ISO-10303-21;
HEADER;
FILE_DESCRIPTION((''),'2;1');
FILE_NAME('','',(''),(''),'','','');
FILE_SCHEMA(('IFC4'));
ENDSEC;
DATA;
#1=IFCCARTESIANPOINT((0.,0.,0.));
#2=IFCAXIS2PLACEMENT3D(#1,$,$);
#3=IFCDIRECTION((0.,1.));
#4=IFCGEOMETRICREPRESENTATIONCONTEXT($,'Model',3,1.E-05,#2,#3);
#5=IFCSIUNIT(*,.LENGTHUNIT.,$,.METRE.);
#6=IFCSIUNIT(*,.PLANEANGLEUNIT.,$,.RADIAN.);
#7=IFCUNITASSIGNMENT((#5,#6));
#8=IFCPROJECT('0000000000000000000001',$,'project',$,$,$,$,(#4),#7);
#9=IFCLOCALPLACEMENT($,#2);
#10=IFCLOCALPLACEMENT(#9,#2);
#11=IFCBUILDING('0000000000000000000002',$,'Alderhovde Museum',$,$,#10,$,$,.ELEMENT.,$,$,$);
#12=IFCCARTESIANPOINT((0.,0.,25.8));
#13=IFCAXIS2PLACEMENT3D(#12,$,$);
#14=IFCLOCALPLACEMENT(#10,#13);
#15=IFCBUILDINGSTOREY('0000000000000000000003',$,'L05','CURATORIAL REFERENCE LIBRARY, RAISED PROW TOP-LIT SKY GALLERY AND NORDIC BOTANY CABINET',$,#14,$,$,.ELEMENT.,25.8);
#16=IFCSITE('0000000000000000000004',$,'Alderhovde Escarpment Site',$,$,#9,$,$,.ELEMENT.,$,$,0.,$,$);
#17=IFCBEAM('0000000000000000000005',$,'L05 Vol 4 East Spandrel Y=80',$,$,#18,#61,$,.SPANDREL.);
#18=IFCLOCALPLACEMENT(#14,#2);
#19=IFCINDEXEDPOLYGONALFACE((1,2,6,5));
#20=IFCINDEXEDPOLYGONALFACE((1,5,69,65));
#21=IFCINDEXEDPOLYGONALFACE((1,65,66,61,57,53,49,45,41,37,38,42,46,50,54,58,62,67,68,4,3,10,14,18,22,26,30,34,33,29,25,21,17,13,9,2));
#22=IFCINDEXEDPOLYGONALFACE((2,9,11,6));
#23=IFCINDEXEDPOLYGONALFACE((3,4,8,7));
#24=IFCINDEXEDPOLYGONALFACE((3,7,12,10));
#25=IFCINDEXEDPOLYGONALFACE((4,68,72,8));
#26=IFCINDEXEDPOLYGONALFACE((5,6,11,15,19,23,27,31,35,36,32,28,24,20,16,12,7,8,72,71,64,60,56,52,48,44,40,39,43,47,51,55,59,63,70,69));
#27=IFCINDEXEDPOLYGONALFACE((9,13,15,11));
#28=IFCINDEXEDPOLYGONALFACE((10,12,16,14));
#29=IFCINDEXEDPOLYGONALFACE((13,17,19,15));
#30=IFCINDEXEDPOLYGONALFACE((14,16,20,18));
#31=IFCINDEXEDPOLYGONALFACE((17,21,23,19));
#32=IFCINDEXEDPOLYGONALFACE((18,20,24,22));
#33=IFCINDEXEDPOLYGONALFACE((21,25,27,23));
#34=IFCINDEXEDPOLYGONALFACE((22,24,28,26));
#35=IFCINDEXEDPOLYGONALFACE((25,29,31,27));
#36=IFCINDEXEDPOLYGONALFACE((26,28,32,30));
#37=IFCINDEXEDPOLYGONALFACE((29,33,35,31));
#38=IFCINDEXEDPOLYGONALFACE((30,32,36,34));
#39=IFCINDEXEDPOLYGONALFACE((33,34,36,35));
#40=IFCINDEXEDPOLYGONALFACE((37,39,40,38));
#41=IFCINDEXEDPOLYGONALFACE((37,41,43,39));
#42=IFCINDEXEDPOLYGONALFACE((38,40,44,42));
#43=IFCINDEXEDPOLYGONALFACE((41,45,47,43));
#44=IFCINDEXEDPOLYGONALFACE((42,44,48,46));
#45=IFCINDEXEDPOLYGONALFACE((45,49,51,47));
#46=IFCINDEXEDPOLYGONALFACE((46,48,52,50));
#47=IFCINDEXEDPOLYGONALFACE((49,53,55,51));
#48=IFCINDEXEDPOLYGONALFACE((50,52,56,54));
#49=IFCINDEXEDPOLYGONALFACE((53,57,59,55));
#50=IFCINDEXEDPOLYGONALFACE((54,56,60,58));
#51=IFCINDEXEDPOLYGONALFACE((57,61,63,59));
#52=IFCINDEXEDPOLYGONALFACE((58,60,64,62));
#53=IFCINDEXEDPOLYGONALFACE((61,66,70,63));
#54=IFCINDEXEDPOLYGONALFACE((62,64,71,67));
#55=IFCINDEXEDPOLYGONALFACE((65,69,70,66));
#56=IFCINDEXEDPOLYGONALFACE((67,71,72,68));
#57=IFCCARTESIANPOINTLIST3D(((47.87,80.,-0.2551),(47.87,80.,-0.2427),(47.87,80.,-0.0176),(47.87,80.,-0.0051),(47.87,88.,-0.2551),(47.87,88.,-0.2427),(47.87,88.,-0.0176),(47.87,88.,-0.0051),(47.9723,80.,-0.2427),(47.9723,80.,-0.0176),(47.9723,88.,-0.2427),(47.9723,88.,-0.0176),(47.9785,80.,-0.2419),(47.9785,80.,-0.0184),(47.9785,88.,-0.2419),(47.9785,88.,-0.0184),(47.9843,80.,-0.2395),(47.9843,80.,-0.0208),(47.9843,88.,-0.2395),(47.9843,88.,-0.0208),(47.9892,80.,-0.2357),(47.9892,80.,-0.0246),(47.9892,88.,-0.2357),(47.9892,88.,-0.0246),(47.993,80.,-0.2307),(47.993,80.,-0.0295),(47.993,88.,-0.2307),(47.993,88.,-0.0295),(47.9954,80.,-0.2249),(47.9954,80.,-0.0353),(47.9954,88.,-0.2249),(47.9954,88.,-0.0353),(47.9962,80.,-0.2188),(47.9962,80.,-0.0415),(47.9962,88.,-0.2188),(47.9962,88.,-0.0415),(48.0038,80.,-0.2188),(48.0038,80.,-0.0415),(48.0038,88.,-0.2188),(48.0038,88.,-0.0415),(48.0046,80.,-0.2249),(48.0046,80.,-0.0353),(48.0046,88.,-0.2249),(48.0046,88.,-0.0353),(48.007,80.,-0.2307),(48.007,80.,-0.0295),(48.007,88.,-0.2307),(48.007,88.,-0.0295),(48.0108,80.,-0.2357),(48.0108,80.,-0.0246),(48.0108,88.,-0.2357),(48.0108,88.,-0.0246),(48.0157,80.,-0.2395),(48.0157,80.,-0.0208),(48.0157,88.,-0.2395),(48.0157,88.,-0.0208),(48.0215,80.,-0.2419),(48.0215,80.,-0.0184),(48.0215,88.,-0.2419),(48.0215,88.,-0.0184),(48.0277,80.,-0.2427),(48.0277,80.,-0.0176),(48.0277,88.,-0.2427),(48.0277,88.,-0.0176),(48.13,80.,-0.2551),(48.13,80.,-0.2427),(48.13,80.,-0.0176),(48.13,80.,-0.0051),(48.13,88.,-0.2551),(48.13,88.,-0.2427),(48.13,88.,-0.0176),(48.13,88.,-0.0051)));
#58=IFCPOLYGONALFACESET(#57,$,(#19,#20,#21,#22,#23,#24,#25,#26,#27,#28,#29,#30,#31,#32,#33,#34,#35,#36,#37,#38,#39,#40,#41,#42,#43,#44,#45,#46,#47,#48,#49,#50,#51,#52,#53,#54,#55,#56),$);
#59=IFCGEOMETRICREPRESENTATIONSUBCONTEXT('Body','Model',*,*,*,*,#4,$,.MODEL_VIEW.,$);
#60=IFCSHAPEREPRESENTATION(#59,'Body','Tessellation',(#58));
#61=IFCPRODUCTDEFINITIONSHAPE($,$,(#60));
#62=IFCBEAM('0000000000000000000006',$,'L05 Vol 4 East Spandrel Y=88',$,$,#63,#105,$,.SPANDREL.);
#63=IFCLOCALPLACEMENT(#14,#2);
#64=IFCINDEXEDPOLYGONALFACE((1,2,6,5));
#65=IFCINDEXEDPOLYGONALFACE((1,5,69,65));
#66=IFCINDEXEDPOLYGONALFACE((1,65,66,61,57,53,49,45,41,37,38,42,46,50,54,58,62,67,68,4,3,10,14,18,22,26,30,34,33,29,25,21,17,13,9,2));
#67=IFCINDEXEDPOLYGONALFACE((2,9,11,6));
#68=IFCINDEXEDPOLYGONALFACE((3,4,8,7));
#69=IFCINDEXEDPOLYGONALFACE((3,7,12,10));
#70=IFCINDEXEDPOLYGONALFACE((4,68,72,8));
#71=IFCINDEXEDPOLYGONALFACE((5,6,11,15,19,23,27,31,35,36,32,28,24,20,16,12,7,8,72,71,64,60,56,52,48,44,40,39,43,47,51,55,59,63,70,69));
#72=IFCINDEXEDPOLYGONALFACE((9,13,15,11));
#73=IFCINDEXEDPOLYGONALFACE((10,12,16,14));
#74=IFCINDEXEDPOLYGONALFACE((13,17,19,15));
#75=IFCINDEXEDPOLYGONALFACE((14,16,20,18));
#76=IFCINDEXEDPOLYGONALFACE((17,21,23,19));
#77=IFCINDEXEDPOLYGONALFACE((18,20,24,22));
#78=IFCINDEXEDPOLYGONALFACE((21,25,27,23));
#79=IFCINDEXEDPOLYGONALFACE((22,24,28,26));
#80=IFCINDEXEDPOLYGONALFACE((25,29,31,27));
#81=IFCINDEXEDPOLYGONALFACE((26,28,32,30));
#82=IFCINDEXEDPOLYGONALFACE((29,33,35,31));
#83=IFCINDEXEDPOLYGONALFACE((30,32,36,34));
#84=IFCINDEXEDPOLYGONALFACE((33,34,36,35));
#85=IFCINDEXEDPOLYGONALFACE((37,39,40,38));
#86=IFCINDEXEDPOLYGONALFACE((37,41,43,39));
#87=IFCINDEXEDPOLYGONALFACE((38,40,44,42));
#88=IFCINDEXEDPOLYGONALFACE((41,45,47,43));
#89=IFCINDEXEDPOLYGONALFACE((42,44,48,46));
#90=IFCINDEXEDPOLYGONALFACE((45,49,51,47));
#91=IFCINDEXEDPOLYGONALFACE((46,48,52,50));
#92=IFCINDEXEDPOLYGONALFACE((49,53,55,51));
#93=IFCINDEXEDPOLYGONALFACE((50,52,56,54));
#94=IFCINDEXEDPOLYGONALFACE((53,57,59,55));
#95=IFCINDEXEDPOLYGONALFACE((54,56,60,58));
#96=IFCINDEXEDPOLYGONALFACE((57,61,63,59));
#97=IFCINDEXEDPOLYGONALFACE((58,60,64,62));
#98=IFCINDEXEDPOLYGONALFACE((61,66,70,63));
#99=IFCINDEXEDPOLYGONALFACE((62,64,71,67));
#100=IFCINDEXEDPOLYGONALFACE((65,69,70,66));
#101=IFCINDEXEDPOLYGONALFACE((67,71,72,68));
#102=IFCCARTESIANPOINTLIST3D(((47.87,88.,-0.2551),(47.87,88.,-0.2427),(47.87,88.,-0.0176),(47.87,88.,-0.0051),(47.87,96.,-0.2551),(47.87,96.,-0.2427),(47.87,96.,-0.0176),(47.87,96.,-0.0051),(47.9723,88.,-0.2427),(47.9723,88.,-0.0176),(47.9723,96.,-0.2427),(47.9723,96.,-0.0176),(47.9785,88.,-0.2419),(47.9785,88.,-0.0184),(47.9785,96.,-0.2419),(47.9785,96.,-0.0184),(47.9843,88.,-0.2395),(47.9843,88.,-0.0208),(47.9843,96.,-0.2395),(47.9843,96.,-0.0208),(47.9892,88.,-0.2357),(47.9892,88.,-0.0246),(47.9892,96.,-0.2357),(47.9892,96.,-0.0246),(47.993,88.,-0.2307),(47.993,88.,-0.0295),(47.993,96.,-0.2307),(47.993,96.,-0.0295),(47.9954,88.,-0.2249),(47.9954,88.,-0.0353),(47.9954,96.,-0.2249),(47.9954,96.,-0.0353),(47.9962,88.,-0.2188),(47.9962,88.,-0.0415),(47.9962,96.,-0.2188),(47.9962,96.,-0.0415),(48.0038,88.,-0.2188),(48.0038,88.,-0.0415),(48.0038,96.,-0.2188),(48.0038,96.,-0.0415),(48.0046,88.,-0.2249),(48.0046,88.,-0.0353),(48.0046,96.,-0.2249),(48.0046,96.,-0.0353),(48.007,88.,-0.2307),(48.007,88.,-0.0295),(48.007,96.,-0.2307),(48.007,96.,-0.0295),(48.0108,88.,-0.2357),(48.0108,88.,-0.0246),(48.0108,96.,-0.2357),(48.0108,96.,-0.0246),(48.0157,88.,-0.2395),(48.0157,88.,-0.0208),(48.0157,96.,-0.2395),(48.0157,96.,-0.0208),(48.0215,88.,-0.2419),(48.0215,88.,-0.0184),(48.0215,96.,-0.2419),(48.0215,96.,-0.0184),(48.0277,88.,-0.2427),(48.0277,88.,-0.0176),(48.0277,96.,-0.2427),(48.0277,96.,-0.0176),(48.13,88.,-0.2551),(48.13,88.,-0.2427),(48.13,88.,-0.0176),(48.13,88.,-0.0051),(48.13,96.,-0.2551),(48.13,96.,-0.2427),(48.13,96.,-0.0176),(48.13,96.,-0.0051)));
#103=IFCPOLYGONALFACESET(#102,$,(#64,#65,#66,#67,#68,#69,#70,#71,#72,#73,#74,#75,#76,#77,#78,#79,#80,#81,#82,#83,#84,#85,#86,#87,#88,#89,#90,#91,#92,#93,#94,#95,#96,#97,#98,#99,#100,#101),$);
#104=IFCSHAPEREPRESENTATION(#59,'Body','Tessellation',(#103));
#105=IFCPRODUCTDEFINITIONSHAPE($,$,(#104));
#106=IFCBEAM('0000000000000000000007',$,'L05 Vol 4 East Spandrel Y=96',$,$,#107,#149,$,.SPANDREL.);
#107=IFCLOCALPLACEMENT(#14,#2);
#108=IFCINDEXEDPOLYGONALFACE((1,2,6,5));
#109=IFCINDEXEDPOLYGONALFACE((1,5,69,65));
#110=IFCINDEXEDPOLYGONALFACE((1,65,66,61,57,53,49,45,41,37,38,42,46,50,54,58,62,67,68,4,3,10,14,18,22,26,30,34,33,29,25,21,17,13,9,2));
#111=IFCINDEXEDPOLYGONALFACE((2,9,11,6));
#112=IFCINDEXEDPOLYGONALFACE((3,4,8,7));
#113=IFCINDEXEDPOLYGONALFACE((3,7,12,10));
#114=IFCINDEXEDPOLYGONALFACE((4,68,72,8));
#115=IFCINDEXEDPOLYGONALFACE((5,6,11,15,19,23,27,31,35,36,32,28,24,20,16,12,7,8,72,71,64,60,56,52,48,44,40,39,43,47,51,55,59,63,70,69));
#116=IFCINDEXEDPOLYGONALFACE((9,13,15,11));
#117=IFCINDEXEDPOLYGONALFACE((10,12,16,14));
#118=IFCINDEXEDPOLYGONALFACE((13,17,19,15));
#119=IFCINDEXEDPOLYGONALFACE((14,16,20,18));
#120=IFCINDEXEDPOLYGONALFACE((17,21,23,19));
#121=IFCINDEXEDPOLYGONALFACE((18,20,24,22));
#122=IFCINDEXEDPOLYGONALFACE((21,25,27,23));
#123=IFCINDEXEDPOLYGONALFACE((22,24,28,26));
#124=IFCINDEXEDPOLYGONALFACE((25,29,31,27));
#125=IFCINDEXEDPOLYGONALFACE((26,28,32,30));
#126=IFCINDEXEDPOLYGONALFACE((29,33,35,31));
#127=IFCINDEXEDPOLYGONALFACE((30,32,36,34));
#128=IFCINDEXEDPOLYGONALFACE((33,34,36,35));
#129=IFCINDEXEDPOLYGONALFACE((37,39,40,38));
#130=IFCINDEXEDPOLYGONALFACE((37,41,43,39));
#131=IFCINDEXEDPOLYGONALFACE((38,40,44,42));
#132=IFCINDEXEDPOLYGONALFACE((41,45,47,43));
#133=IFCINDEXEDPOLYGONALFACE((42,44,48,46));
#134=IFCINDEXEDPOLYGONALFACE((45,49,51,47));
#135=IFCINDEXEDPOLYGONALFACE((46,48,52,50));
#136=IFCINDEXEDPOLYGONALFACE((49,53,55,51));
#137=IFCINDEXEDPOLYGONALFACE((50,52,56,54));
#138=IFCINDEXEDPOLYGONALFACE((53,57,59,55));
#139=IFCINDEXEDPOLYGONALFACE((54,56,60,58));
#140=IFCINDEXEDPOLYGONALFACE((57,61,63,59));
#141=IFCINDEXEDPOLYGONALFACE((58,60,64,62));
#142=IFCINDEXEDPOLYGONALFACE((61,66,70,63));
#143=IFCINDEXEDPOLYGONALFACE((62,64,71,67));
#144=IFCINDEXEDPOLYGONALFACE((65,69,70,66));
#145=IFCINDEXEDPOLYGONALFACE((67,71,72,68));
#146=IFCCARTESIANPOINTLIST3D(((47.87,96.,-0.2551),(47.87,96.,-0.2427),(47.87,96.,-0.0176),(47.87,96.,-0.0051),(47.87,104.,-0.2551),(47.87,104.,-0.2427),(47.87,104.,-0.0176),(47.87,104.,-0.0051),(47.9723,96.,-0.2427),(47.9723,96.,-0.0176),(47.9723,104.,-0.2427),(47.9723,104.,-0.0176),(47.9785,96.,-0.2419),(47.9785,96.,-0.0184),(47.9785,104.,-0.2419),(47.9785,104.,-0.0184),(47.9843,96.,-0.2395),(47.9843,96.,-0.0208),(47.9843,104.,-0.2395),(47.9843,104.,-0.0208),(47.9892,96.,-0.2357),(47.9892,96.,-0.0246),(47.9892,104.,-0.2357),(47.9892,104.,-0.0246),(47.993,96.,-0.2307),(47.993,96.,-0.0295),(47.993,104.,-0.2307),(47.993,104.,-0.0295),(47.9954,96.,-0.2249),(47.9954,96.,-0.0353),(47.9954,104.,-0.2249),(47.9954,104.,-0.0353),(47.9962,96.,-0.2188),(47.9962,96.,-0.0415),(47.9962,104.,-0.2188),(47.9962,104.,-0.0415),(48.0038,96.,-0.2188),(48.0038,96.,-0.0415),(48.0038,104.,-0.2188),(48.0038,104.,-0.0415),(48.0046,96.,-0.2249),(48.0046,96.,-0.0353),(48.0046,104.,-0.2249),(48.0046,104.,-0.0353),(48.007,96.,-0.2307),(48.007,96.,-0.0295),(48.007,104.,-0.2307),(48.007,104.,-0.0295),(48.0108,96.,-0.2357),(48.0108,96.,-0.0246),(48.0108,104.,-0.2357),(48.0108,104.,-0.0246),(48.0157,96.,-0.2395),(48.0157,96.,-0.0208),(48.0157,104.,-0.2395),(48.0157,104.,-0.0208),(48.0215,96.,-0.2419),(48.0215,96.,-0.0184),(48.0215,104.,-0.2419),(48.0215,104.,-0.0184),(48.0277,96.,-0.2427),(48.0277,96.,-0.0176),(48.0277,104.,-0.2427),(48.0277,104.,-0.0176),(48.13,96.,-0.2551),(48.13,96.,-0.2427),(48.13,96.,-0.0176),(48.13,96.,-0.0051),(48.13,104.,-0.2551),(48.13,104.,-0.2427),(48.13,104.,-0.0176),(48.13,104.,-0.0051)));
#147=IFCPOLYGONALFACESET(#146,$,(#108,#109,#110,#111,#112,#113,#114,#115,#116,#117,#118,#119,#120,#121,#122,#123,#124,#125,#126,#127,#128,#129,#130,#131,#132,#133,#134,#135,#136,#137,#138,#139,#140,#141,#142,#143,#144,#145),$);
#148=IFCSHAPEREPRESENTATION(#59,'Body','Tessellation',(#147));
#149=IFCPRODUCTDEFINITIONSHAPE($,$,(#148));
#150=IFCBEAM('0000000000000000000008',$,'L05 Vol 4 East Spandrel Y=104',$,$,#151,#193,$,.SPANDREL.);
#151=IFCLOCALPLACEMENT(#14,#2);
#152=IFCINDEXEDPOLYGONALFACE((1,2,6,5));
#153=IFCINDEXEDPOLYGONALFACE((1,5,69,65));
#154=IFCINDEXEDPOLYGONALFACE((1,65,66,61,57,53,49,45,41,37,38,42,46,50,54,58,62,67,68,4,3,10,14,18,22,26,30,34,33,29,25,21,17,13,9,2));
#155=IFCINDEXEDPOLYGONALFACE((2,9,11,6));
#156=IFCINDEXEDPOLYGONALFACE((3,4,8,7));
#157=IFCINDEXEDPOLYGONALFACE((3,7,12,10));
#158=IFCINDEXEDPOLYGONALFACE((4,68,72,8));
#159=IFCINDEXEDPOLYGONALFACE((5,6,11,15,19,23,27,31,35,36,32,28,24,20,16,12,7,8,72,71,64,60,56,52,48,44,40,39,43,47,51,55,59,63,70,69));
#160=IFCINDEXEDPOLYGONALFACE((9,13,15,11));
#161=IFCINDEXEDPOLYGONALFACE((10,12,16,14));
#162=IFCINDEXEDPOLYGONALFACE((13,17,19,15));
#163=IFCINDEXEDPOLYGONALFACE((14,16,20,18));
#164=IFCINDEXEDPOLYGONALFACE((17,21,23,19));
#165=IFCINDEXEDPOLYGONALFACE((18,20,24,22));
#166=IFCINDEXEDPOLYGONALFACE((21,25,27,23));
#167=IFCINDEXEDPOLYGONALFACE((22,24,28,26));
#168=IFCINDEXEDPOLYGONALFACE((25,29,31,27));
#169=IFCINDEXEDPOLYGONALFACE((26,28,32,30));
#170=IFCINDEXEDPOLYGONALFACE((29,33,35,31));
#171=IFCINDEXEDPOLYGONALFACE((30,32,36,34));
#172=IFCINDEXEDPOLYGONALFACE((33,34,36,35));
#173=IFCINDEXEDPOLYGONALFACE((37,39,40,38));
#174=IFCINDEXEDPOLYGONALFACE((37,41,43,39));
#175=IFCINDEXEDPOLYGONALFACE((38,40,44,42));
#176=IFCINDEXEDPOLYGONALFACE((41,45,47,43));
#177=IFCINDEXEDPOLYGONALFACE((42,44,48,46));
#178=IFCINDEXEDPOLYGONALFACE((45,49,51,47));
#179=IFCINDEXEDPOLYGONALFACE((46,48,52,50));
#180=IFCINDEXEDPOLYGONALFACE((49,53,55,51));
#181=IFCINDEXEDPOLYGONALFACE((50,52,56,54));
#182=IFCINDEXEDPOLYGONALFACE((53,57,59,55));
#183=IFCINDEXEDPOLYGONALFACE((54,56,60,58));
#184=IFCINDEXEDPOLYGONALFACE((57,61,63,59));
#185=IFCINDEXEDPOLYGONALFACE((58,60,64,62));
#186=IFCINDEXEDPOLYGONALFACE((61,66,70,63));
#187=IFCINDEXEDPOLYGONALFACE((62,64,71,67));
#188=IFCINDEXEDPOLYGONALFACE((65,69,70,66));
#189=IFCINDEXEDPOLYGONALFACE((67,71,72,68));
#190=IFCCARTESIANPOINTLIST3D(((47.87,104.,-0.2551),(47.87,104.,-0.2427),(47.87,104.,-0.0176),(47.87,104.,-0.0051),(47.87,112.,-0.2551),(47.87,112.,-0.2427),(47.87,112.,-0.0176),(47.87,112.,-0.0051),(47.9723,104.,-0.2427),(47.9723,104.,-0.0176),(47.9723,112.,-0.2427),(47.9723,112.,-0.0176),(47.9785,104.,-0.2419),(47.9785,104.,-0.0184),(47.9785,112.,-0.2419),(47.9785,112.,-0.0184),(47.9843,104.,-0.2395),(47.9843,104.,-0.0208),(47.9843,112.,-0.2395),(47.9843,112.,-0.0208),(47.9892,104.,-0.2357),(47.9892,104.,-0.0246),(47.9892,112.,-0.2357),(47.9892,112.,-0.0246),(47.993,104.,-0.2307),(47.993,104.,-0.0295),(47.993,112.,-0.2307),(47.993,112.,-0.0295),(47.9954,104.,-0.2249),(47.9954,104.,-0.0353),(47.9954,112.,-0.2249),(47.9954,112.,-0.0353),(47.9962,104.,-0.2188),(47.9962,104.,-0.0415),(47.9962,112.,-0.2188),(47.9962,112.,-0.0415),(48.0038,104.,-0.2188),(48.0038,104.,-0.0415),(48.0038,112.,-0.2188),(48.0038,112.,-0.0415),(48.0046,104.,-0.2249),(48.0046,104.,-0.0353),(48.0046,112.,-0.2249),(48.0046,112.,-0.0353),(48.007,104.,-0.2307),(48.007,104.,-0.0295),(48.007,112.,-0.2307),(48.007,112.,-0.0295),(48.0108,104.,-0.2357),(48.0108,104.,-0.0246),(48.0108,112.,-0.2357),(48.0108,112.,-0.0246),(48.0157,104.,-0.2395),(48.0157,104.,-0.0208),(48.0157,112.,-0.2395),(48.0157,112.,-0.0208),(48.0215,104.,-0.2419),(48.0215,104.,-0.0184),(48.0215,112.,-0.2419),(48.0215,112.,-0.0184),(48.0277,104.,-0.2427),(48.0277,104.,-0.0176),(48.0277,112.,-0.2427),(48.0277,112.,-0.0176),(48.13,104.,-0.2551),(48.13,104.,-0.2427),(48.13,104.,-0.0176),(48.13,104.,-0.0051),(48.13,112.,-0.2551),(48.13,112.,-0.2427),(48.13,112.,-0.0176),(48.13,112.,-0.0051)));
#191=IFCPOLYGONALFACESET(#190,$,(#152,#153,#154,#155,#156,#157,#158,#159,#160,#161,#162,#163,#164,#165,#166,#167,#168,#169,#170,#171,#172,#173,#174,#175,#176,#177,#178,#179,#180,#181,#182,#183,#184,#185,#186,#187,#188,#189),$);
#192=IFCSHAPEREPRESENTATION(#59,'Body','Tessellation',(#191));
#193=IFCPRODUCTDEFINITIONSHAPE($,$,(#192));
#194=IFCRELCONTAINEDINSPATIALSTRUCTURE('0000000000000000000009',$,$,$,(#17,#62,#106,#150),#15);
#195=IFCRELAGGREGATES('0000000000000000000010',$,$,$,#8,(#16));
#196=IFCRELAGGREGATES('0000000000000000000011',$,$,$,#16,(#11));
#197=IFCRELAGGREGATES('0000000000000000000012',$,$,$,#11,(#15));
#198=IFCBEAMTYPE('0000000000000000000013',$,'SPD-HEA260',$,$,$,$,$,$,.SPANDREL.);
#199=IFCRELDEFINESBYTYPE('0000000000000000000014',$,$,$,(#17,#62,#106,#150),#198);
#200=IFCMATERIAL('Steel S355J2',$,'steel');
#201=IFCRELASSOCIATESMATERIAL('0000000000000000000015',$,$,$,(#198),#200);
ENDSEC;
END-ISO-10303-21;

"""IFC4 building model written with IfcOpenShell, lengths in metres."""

from ifc_helpers import new_model, si_unit, direction, frame, origin, origin_2d, place, context, subcontext, project, spatial, i_section, extrude, material, material_profile, profile_set, type_object, element, save


model = new_model("IFC4")

# Units and contexts
model_context = context("Model", 3, precision=1e-05, world=origin(), true_north=direction((0.0, 1.0)))
body_context = subcontext(model_context, "Body", "Model", "MODEL_VIEW")
ifc_project = project(units=[si_unit("LENGTHUNIT", "METRE"), si_unit("PLANEANGLEUNIT", "RADIAN")], contexts=[model_context])

# Site, building, storey
site_placement = place(None, origin())
site = spatial("IfcSite", under=ifc_project, at=site_placement, Name="Alderhovde Escarpment Site", CompositionType="ELEMENT", RefElevation=0.0)
building_placement = place(site_placement, origin())
building = spatial("IfcBuilding", under=site, at=building_placement, Name="Alderhovde Museum", CompositionType="ELEMENT")
storey_placement = place(building_placement, frame((0.0, 0.0, 25.8)))
storey = spatial("IfcBuildingStorey", under=building, at=storey_placement, Name="L05", Description="CURATORIAL REFERENCE LIBRARY, RAISED PROW TOP-LIT SKY GALLERY AND NORDIC BOTANY CABINET", CompositionType="ELEMENT", Elevation=25.8)

# Beams
ifc_material_1 = material(Name="Steel S355J2", Category="steel")
ifc_material_profile_1 = material_profile(ifc_material_1, i_section(OverallWidth=0.26, OverallDepth=0.25, WebThickness=0.0076, FlangeThickness=0.0125, FilletRadius=0.0239, at=origin_2d()), Name="HEA 260")
ifc_profile_set_1 = profile_set([ifc_material_profile_1], Name="Steel S355J2")
beam_type_1 = type_object("IfcBeamType", Name="SPD-HEA260", PredefinedType="SPANDREL", material=ifc_profile_set_1)
for number, where, z_axis, x_axis, name in (
    (1, (48.0, 80.0, -0.1301), (0.0, 1.0, 0.0), (-1.0, 0.0, 0.0), "L05 Vol 4 East Spandrel Y=80"),
    (2, (48.0, 88.0, -0.1301), (0.0, 1.0, 0.0), (-1.0, 0.0, 0.0), "L05 Vol 4 East Spandrel Y=88"),
    (3, (48.0, 96.0, -0.1301), (0.0, 1.0, 0.0), (-1.0, 0.0, 0.0), "L05 Vol 4 East Spandrel Y=96"),
    (4, (48.0, 104.0, -0.1301), (0.0, 1.0, 0.0), (-1.0, 0.0, 0.0), "L05 Vol 4 East Spandrel Y=104"),
):
    element("IfcBeam", number, at=place(storey_placement, frame(where, z_axis=z_axis, x_axis=x_axis)), inside=storey, type_object=beam_type_1, Name=name, PredefinedType="SPANDREL", context=body_context, shape_type="SweptSolid", body=[
        extrude(i_section(OverallWidth=0.26, OverallDepth=0.25, WebThickness=0.0076, FlangeThickness=0.0125, FilletRadius=0.0239, at=origin_2d()), origin(), (0.0, 0.0, 1.0), 8.0),
    ])

save(model, "model.ifc")
